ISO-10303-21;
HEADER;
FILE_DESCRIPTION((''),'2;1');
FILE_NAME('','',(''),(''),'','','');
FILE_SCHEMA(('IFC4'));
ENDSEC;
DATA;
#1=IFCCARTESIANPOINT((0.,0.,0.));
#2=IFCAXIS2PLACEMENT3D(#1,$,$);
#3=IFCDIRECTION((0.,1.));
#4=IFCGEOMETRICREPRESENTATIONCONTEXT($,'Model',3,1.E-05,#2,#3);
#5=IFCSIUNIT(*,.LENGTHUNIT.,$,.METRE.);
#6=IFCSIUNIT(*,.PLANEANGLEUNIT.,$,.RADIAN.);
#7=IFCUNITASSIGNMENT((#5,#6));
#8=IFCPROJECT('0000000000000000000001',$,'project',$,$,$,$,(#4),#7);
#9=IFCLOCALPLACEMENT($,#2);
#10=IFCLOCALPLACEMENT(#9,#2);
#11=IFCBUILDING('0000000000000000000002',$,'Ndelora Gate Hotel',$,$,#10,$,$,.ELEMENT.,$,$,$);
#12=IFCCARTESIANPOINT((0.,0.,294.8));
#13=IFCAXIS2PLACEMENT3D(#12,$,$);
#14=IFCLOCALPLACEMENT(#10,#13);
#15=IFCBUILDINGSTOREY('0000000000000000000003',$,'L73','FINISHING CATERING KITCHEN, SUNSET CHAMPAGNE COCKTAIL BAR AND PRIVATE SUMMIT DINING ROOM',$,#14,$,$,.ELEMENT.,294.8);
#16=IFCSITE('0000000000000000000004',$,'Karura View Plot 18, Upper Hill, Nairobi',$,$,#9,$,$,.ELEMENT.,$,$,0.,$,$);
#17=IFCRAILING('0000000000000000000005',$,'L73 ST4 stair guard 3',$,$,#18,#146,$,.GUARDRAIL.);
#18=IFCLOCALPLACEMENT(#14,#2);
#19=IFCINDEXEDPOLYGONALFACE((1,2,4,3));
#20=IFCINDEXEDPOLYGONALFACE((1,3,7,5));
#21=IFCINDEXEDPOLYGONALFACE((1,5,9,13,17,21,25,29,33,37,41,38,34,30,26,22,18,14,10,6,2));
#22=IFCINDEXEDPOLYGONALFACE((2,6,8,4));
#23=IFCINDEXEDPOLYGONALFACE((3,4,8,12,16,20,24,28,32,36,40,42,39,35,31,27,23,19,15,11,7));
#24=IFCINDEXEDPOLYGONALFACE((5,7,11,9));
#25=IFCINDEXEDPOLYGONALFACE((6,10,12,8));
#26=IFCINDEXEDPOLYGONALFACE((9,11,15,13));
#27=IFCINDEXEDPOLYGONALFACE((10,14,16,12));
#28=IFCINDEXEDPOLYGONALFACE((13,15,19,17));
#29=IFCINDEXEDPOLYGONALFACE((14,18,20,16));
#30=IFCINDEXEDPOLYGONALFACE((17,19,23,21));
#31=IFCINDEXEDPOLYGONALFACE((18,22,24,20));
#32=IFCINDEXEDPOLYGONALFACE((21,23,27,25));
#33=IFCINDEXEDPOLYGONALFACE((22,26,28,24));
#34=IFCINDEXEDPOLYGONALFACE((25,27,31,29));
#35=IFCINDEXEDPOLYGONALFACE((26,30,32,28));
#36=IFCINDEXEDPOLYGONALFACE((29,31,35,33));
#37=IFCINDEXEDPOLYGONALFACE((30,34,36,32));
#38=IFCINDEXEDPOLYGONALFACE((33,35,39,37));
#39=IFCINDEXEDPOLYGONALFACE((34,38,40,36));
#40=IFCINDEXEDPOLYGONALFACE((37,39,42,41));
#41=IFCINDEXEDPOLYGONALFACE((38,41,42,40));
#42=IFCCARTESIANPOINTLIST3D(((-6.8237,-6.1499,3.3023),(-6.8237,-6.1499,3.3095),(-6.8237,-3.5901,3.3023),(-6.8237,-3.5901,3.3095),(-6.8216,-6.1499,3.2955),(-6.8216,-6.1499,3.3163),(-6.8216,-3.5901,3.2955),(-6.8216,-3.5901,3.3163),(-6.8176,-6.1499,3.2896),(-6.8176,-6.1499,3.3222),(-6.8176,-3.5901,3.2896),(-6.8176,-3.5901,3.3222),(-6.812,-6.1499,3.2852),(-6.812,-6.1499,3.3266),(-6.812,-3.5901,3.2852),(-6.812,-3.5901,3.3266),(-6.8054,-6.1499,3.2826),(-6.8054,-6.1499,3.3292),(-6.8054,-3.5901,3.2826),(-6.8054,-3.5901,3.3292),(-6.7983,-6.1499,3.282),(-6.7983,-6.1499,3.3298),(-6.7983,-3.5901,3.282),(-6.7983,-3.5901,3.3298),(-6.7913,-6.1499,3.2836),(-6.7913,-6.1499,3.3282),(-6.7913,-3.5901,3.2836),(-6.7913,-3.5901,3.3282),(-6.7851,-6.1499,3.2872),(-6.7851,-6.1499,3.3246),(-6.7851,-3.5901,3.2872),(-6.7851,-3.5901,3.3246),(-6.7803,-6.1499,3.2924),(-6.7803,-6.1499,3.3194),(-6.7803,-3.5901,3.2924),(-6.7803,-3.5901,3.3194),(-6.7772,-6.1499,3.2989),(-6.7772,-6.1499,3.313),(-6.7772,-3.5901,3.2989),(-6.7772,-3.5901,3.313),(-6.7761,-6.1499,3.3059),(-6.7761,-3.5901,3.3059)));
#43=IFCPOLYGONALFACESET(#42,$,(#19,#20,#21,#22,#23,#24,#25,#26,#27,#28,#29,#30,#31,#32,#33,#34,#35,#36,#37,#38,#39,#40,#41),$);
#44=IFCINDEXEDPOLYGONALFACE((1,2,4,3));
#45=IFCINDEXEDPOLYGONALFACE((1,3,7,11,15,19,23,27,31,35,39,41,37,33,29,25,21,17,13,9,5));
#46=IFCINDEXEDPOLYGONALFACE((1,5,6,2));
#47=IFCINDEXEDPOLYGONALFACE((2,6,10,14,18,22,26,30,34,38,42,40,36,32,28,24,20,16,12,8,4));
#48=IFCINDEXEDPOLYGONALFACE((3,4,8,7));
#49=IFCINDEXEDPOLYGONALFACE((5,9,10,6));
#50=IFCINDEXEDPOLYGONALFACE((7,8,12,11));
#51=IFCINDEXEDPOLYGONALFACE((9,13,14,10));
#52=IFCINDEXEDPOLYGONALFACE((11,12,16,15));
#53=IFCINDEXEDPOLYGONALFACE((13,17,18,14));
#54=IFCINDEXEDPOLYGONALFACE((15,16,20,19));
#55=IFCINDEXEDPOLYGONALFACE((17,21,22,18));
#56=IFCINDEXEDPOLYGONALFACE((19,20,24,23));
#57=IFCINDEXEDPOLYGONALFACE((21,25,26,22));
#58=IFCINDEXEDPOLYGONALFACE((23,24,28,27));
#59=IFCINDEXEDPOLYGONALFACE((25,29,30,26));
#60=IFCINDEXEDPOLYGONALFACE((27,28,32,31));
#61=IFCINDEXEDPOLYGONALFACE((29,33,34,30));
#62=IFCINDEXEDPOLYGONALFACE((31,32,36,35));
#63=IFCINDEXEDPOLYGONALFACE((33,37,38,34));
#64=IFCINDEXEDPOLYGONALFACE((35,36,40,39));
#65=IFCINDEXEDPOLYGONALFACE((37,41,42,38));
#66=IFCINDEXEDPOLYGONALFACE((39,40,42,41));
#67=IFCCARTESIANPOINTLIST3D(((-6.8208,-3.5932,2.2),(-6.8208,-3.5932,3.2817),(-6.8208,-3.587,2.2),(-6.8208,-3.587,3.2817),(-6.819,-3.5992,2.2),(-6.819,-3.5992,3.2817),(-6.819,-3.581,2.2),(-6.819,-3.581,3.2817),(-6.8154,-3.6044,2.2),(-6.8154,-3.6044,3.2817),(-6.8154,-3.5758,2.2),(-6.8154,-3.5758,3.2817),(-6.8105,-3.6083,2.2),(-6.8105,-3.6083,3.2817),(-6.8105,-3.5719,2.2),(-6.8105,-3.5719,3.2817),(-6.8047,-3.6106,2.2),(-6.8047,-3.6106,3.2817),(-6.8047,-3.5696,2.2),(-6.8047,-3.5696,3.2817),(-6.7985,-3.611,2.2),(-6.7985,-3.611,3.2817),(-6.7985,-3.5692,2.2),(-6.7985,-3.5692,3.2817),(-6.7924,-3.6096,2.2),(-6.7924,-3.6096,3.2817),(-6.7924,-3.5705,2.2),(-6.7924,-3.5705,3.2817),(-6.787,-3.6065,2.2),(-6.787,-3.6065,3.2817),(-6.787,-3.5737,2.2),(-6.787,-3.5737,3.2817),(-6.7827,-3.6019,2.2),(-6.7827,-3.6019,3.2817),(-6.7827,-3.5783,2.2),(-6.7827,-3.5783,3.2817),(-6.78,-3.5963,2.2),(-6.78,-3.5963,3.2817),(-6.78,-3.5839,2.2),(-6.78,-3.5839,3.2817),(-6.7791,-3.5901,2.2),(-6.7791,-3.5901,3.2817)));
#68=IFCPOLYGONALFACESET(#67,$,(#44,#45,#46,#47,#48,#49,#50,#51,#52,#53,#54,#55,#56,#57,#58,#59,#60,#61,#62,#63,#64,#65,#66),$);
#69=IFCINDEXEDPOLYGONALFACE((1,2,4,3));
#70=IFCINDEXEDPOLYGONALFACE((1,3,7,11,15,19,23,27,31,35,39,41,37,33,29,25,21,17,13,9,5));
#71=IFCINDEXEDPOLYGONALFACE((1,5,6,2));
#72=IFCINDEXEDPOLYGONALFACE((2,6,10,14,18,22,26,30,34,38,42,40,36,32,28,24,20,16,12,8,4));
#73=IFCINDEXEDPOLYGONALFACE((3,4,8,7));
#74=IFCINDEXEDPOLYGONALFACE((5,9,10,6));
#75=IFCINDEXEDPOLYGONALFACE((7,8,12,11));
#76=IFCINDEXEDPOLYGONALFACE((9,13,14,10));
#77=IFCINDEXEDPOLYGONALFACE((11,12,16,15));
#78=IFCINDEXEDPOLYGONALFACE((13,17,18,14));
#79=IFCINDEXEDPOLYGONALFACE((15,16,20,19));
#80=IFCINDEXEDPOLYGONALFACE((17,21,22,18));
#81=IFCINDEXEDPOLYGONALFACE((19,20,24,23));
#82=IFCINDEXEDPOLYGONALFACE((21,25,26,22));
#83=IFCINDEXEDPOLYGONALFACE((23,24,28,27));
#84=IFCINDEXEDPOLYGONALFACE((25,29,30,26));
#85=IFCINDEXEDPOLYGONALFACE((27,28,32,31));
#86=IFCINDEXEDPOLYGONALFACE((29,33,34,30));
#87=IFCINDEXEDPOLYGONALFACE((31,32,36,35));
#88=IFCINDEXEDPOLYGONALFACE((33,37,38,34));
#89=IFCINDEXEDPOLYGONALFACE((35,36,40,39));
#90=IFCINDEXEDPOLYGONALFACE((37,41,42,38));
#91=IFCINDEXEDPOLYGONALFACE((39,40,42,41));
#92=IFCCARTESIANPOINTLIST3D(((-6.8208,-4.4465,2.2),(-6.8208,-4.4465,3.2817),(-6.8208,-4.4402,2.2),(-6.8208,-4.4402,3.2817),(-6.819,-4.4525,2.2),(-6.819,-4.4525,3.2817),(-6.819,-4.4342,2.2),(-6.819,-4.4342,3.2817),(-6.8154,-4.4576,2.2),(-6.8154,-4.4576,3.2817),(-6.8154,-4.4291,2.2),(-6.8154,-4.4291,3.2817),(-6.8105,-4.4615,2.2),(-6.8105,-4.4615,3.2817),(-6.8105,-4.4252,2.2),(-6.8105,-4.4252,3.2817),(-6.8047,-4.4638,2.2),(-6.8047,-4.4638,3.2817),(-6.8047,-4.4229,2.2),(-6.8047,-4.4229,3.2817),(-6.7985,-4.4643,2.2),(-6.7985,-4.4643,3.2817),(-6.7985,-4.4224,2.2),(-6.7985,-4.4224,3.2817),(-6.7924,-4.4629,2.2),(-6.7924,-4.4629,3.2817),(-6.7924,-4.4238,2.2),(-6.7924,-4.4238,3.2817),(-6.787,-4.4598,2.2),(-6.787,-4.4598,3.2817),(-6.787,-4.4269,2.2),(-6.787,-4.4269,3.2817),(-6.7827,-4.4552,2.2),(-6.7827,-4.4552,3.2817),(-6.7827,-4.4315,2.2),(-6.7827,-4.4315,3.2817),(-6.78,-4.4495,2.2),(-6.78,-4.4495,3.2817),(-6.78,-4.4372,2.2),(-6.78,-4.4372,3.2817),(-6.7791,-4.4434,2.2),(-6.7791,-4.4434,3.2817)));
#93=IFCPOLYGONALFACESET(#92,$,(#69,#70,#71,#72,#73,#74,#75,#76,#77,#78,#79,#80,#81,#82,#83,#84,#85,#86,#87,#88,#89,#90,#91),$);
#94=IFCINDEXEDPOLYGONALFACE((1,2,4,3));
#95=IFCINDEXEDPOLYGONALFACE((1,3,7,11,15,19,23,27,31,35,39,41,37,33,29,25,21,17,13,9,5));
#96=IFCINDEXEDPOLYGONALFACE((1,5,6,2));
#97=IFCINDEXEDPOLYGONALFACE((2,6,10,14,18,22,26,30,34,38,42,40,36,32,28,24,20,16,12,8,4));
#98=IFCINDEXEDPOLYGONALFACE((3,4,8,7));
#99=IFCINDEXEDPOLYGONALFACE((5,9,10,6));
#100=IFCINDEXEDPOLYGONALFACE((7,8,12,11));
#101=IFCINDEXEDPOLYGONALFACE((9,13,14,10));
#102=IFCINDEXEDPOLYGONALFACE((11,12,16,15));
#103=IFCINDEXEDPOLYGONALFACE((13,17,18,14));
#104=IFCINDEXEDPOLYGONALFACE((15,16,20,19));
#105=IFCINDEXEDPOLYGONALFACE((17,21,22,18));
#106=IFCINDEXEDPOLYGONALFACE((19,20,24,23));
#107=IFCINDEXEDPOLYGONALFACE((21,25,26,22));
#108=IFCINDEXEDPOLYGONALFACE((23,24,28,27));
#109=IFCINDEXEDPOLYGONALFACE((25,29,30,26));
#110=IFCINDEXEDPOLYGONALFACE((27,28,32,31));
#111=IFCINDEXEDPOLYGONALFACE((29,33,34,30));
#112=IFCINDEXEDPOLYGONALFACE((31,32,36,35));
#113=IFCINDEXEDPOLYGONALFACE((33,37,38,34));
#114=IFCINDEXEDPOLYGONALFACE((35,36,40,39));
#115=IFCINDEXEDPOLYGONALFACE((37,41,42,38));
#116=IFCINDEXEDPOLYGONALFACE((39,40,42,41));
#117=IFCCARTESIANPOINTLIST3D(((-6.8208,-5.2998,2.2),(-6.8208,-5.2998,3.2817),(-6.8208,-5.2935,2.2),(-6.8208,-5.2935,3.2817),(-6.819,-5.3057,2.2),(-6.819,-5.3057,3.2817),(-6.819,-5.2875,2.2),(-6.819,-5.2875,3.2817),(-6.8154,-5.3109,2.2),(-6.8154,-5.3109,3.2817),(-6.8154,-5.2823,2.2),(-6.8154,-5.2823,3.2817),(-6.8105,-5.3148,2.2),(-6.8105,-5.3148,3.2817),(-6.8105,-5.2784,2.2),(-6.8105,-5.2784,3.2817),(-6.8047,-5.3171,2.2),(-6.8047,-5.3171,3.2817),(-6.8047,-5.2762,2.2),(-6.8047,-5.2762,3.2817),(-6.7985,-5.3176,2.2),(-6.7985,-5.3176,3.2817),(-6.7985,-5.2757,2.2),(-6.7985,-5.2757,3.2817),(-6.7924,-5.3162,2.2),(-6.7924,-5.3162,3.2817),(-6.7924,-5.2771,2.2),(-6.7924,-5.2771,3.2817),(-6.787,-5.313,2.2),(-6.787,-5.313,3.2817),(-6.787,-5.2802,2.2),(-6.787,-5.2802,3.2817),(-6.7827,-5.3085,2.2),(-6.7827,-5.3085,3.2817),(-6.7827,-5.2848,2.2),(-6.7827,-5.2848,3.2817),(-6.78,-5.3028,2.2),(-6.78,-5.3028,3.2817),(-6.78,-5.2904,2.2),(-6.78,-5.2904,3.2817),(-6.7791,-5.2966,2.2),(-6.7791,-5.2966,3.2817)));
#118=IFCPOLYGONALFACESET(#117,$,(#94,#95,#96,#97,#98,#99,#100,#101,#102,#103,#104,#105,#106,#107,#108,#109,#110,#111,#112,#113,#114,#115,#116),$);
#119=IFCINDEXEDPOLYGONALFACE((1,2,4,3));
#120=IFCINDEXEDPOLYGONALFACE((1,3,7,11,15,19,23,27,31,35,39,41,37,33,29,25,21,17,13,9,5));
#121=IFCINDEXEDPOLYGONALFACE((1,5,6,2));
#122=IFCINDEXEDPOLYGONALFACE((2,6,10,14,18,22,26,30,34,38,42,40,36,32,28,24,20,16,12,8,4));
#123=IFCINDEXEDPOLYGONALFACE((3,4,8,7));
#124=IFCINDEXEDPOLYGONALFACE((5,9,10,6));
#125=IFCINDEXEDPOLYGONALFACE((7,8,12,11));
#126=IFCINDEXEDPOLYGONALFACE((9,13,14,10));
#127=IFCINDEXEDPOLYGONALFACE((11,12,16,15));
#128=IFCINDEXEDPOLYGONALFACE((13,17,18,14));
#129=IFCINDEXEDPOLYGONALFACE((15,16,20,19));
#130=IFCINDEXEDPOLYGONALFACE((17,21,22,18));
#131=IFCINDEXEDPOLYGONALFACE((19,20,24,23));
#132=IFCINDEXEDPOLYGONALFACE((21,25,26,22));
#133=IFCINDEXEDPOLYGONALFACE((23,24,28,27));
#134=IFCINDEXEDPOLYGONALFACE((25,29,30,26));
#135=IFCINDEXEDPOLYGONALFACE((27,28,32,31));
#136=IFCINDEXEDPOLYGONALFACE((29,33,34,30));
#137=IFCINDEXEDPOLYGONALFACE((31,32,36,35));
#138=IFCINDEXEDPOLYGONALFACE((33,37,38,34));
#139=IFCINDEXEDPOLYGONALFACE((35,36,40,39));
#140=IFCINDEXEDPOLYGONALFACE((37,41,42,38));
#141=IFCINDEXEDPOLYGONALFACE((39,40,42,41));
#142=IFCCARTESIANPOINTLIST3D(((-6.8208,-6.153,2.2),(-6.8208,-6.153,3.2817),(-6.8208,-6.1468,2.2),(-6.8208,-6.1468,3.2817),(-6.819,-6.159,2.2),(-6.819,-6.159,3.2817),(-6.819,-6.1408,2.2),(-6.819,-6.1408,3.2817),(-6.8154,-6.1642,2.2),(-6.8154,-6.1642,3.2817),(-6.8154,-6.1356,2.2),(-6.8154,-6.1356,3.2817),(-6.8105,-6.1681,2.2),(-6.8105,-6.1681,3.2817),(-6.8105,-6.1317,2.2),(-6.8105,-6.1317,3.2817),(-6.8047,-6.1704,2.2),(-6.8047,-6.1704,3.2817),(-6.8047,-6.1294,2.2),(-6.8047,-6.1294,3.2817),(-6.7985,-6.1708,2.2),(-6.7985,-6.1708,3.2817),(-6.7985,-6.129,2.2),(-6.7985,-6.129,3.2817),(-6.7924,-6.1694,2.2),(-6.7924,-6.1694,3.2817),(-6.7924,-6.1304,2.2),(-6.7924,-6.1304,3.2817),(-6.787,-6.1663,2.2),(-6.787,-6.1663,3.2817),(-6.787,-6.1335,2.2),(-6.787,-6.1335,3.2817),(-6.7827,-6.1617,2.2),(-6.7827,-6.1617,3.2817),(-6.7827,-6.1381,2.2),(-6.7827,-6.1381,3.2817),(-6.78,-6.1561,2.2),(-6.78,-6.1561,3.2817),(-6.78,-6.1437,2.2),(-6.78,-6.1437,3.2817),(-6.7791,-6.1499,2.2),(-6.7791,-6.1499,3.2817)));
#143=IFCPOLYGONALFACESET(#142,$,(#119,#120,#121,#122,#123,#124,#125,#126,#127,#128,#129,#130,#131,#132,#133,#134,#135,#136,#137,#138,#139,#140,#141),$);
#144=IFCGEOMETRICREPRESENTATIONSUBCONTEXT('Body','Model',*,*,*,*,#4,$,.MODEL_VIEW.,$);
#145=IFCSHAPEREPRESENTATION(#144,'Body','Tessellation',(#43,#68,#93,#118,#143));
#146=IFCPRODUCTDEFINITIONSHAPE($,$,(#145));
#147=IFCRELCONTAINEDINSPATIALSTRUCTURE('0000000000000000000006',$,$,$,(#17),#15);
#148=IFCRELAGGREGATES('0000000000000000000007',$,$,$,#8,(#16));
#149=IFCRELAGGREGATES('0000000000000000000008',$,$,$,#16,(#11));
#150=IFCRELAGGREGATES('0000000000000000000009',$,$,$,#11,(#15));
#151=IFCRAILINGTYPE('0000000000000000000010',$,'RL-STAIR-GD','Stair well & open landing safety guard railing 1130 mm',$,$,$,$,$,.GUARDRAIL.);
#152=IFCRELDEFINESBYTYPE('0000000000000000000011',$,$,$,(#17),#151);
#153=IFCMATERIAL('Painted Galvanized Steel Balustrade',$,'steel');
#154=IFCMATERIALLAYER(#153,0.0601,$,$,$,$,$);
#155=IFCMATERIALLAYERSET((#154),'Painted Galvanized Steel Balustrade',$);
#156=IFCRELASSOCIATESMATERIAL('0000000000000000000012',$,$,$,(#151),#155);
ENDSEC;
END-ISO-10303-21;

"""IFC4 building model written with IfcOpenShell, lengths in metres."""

from ifc_helpers import new_model, si_unit, direction, frame, origin, origin_2d, place, context, subcontext, project, spatial, circle, extrude, material, layer, layer_set, type_object, element, save


model = new_model("IFC4")

# Units and contexts
model_context = context("Model", 3, precision=1e-05, world=origin(), true_north=direction((0.0, 1.0)))
body_context = subcontext(model_context, "Body", "Model", "MODEL_VIEW")
ifc_project = project(units=[si_unit("LENGTHUNIT", "METRE"), si_unit("PLANEANGLEUNIT", "RADIAN")], contexts=[model_context])

# Site, building, storey
site_placement = place(None, origin())
site = spatial("IfcSite", under=ifc_project, at=site_placement, Name="Karura View Plot 18, Upper Hill, Nairobi", CompositionType="ELEMENT", RefElevation=0.0)
building_placement = place(site_placement, origin())
building = spatial("IfcBuilding", under=site, at=building_placement, Name="Ndelora Gate Hotel", CompositionType="ELEMENT")
storey_placement = place(building_placement, frame((0.0, 0.0, 294.8)))
storey = spatial("IfcBuildingStorey", under=building, at=storey_placement, Name="L73", Description="FINISHING CATERING KITCHEN, SUNSET CHAMPAGNE COCKTAIL BAR AND PRIVATE SUMMIT DINING ROOM", CompositionType="ELEMENT", Elevation=294.8)

# Railing
ifc_material_1 = material(Name="Painted Galvanized Steel Balustrade", Category="steel")
ifc_layer_1 = layer(ifc_material_1, 0.0601)
ifc_layer_set_1 = layer_set([ifc_layer_1], Name="Painted Galvanized Steel Balustrade")
railing_type_1 = type_object("IfcRailingType", Name="RL-STAIR-GD", Description="Stair well & open landing safety guard railing 1130 mm", PredefinedType="GUARDRAIL", material=ifc_layer_set_1)
for number, where, name in (
    (1, (-6.8, -3.5901, 2.2), "L73 ST4 stair guard 3"),
):
    element("IfcRailing", number, at=place(storey_placement, frame(where)), inside=storey, type_object=railing_type_1, Name=name, PredefinedType="GUARDRAIL", context=body_context, shape_type="SweptSolid", body=[
        extrude(circle(Radius=0.0239, at=origin_2d()), frame((0.0, 0.0, 1.106), z_axis=(0.0, -1.0, 0.0), x_axis=(1.0, 0.0, 0.0)), (0.0, 0.0, 1.0), 2.5598),
        extrude(circle(Radius=0.021, at=origin_2d()), origin(), (0.0, 0.0, 1.0), 1.0818),
        extrude(circle(Radius=0.021, at=origin_2d()), frame((0.0, -0.8533, 0.0)), (0.0, 0.0, 1.0), 1.0818),
        extrude(circle(Radius=0.021, at=origin_2d()), frame((0.0, -1.7065, 0.0)), (0.0, 0.0, 1.0), 1.0818),
        extrude(circle(Radius=0.021, at=origin_2d()), frame((0.0, -2.5598, 0.0)), (0.0, 0.0, 1.0), 1.0818),
    ])

save(model, "model.ifc")
